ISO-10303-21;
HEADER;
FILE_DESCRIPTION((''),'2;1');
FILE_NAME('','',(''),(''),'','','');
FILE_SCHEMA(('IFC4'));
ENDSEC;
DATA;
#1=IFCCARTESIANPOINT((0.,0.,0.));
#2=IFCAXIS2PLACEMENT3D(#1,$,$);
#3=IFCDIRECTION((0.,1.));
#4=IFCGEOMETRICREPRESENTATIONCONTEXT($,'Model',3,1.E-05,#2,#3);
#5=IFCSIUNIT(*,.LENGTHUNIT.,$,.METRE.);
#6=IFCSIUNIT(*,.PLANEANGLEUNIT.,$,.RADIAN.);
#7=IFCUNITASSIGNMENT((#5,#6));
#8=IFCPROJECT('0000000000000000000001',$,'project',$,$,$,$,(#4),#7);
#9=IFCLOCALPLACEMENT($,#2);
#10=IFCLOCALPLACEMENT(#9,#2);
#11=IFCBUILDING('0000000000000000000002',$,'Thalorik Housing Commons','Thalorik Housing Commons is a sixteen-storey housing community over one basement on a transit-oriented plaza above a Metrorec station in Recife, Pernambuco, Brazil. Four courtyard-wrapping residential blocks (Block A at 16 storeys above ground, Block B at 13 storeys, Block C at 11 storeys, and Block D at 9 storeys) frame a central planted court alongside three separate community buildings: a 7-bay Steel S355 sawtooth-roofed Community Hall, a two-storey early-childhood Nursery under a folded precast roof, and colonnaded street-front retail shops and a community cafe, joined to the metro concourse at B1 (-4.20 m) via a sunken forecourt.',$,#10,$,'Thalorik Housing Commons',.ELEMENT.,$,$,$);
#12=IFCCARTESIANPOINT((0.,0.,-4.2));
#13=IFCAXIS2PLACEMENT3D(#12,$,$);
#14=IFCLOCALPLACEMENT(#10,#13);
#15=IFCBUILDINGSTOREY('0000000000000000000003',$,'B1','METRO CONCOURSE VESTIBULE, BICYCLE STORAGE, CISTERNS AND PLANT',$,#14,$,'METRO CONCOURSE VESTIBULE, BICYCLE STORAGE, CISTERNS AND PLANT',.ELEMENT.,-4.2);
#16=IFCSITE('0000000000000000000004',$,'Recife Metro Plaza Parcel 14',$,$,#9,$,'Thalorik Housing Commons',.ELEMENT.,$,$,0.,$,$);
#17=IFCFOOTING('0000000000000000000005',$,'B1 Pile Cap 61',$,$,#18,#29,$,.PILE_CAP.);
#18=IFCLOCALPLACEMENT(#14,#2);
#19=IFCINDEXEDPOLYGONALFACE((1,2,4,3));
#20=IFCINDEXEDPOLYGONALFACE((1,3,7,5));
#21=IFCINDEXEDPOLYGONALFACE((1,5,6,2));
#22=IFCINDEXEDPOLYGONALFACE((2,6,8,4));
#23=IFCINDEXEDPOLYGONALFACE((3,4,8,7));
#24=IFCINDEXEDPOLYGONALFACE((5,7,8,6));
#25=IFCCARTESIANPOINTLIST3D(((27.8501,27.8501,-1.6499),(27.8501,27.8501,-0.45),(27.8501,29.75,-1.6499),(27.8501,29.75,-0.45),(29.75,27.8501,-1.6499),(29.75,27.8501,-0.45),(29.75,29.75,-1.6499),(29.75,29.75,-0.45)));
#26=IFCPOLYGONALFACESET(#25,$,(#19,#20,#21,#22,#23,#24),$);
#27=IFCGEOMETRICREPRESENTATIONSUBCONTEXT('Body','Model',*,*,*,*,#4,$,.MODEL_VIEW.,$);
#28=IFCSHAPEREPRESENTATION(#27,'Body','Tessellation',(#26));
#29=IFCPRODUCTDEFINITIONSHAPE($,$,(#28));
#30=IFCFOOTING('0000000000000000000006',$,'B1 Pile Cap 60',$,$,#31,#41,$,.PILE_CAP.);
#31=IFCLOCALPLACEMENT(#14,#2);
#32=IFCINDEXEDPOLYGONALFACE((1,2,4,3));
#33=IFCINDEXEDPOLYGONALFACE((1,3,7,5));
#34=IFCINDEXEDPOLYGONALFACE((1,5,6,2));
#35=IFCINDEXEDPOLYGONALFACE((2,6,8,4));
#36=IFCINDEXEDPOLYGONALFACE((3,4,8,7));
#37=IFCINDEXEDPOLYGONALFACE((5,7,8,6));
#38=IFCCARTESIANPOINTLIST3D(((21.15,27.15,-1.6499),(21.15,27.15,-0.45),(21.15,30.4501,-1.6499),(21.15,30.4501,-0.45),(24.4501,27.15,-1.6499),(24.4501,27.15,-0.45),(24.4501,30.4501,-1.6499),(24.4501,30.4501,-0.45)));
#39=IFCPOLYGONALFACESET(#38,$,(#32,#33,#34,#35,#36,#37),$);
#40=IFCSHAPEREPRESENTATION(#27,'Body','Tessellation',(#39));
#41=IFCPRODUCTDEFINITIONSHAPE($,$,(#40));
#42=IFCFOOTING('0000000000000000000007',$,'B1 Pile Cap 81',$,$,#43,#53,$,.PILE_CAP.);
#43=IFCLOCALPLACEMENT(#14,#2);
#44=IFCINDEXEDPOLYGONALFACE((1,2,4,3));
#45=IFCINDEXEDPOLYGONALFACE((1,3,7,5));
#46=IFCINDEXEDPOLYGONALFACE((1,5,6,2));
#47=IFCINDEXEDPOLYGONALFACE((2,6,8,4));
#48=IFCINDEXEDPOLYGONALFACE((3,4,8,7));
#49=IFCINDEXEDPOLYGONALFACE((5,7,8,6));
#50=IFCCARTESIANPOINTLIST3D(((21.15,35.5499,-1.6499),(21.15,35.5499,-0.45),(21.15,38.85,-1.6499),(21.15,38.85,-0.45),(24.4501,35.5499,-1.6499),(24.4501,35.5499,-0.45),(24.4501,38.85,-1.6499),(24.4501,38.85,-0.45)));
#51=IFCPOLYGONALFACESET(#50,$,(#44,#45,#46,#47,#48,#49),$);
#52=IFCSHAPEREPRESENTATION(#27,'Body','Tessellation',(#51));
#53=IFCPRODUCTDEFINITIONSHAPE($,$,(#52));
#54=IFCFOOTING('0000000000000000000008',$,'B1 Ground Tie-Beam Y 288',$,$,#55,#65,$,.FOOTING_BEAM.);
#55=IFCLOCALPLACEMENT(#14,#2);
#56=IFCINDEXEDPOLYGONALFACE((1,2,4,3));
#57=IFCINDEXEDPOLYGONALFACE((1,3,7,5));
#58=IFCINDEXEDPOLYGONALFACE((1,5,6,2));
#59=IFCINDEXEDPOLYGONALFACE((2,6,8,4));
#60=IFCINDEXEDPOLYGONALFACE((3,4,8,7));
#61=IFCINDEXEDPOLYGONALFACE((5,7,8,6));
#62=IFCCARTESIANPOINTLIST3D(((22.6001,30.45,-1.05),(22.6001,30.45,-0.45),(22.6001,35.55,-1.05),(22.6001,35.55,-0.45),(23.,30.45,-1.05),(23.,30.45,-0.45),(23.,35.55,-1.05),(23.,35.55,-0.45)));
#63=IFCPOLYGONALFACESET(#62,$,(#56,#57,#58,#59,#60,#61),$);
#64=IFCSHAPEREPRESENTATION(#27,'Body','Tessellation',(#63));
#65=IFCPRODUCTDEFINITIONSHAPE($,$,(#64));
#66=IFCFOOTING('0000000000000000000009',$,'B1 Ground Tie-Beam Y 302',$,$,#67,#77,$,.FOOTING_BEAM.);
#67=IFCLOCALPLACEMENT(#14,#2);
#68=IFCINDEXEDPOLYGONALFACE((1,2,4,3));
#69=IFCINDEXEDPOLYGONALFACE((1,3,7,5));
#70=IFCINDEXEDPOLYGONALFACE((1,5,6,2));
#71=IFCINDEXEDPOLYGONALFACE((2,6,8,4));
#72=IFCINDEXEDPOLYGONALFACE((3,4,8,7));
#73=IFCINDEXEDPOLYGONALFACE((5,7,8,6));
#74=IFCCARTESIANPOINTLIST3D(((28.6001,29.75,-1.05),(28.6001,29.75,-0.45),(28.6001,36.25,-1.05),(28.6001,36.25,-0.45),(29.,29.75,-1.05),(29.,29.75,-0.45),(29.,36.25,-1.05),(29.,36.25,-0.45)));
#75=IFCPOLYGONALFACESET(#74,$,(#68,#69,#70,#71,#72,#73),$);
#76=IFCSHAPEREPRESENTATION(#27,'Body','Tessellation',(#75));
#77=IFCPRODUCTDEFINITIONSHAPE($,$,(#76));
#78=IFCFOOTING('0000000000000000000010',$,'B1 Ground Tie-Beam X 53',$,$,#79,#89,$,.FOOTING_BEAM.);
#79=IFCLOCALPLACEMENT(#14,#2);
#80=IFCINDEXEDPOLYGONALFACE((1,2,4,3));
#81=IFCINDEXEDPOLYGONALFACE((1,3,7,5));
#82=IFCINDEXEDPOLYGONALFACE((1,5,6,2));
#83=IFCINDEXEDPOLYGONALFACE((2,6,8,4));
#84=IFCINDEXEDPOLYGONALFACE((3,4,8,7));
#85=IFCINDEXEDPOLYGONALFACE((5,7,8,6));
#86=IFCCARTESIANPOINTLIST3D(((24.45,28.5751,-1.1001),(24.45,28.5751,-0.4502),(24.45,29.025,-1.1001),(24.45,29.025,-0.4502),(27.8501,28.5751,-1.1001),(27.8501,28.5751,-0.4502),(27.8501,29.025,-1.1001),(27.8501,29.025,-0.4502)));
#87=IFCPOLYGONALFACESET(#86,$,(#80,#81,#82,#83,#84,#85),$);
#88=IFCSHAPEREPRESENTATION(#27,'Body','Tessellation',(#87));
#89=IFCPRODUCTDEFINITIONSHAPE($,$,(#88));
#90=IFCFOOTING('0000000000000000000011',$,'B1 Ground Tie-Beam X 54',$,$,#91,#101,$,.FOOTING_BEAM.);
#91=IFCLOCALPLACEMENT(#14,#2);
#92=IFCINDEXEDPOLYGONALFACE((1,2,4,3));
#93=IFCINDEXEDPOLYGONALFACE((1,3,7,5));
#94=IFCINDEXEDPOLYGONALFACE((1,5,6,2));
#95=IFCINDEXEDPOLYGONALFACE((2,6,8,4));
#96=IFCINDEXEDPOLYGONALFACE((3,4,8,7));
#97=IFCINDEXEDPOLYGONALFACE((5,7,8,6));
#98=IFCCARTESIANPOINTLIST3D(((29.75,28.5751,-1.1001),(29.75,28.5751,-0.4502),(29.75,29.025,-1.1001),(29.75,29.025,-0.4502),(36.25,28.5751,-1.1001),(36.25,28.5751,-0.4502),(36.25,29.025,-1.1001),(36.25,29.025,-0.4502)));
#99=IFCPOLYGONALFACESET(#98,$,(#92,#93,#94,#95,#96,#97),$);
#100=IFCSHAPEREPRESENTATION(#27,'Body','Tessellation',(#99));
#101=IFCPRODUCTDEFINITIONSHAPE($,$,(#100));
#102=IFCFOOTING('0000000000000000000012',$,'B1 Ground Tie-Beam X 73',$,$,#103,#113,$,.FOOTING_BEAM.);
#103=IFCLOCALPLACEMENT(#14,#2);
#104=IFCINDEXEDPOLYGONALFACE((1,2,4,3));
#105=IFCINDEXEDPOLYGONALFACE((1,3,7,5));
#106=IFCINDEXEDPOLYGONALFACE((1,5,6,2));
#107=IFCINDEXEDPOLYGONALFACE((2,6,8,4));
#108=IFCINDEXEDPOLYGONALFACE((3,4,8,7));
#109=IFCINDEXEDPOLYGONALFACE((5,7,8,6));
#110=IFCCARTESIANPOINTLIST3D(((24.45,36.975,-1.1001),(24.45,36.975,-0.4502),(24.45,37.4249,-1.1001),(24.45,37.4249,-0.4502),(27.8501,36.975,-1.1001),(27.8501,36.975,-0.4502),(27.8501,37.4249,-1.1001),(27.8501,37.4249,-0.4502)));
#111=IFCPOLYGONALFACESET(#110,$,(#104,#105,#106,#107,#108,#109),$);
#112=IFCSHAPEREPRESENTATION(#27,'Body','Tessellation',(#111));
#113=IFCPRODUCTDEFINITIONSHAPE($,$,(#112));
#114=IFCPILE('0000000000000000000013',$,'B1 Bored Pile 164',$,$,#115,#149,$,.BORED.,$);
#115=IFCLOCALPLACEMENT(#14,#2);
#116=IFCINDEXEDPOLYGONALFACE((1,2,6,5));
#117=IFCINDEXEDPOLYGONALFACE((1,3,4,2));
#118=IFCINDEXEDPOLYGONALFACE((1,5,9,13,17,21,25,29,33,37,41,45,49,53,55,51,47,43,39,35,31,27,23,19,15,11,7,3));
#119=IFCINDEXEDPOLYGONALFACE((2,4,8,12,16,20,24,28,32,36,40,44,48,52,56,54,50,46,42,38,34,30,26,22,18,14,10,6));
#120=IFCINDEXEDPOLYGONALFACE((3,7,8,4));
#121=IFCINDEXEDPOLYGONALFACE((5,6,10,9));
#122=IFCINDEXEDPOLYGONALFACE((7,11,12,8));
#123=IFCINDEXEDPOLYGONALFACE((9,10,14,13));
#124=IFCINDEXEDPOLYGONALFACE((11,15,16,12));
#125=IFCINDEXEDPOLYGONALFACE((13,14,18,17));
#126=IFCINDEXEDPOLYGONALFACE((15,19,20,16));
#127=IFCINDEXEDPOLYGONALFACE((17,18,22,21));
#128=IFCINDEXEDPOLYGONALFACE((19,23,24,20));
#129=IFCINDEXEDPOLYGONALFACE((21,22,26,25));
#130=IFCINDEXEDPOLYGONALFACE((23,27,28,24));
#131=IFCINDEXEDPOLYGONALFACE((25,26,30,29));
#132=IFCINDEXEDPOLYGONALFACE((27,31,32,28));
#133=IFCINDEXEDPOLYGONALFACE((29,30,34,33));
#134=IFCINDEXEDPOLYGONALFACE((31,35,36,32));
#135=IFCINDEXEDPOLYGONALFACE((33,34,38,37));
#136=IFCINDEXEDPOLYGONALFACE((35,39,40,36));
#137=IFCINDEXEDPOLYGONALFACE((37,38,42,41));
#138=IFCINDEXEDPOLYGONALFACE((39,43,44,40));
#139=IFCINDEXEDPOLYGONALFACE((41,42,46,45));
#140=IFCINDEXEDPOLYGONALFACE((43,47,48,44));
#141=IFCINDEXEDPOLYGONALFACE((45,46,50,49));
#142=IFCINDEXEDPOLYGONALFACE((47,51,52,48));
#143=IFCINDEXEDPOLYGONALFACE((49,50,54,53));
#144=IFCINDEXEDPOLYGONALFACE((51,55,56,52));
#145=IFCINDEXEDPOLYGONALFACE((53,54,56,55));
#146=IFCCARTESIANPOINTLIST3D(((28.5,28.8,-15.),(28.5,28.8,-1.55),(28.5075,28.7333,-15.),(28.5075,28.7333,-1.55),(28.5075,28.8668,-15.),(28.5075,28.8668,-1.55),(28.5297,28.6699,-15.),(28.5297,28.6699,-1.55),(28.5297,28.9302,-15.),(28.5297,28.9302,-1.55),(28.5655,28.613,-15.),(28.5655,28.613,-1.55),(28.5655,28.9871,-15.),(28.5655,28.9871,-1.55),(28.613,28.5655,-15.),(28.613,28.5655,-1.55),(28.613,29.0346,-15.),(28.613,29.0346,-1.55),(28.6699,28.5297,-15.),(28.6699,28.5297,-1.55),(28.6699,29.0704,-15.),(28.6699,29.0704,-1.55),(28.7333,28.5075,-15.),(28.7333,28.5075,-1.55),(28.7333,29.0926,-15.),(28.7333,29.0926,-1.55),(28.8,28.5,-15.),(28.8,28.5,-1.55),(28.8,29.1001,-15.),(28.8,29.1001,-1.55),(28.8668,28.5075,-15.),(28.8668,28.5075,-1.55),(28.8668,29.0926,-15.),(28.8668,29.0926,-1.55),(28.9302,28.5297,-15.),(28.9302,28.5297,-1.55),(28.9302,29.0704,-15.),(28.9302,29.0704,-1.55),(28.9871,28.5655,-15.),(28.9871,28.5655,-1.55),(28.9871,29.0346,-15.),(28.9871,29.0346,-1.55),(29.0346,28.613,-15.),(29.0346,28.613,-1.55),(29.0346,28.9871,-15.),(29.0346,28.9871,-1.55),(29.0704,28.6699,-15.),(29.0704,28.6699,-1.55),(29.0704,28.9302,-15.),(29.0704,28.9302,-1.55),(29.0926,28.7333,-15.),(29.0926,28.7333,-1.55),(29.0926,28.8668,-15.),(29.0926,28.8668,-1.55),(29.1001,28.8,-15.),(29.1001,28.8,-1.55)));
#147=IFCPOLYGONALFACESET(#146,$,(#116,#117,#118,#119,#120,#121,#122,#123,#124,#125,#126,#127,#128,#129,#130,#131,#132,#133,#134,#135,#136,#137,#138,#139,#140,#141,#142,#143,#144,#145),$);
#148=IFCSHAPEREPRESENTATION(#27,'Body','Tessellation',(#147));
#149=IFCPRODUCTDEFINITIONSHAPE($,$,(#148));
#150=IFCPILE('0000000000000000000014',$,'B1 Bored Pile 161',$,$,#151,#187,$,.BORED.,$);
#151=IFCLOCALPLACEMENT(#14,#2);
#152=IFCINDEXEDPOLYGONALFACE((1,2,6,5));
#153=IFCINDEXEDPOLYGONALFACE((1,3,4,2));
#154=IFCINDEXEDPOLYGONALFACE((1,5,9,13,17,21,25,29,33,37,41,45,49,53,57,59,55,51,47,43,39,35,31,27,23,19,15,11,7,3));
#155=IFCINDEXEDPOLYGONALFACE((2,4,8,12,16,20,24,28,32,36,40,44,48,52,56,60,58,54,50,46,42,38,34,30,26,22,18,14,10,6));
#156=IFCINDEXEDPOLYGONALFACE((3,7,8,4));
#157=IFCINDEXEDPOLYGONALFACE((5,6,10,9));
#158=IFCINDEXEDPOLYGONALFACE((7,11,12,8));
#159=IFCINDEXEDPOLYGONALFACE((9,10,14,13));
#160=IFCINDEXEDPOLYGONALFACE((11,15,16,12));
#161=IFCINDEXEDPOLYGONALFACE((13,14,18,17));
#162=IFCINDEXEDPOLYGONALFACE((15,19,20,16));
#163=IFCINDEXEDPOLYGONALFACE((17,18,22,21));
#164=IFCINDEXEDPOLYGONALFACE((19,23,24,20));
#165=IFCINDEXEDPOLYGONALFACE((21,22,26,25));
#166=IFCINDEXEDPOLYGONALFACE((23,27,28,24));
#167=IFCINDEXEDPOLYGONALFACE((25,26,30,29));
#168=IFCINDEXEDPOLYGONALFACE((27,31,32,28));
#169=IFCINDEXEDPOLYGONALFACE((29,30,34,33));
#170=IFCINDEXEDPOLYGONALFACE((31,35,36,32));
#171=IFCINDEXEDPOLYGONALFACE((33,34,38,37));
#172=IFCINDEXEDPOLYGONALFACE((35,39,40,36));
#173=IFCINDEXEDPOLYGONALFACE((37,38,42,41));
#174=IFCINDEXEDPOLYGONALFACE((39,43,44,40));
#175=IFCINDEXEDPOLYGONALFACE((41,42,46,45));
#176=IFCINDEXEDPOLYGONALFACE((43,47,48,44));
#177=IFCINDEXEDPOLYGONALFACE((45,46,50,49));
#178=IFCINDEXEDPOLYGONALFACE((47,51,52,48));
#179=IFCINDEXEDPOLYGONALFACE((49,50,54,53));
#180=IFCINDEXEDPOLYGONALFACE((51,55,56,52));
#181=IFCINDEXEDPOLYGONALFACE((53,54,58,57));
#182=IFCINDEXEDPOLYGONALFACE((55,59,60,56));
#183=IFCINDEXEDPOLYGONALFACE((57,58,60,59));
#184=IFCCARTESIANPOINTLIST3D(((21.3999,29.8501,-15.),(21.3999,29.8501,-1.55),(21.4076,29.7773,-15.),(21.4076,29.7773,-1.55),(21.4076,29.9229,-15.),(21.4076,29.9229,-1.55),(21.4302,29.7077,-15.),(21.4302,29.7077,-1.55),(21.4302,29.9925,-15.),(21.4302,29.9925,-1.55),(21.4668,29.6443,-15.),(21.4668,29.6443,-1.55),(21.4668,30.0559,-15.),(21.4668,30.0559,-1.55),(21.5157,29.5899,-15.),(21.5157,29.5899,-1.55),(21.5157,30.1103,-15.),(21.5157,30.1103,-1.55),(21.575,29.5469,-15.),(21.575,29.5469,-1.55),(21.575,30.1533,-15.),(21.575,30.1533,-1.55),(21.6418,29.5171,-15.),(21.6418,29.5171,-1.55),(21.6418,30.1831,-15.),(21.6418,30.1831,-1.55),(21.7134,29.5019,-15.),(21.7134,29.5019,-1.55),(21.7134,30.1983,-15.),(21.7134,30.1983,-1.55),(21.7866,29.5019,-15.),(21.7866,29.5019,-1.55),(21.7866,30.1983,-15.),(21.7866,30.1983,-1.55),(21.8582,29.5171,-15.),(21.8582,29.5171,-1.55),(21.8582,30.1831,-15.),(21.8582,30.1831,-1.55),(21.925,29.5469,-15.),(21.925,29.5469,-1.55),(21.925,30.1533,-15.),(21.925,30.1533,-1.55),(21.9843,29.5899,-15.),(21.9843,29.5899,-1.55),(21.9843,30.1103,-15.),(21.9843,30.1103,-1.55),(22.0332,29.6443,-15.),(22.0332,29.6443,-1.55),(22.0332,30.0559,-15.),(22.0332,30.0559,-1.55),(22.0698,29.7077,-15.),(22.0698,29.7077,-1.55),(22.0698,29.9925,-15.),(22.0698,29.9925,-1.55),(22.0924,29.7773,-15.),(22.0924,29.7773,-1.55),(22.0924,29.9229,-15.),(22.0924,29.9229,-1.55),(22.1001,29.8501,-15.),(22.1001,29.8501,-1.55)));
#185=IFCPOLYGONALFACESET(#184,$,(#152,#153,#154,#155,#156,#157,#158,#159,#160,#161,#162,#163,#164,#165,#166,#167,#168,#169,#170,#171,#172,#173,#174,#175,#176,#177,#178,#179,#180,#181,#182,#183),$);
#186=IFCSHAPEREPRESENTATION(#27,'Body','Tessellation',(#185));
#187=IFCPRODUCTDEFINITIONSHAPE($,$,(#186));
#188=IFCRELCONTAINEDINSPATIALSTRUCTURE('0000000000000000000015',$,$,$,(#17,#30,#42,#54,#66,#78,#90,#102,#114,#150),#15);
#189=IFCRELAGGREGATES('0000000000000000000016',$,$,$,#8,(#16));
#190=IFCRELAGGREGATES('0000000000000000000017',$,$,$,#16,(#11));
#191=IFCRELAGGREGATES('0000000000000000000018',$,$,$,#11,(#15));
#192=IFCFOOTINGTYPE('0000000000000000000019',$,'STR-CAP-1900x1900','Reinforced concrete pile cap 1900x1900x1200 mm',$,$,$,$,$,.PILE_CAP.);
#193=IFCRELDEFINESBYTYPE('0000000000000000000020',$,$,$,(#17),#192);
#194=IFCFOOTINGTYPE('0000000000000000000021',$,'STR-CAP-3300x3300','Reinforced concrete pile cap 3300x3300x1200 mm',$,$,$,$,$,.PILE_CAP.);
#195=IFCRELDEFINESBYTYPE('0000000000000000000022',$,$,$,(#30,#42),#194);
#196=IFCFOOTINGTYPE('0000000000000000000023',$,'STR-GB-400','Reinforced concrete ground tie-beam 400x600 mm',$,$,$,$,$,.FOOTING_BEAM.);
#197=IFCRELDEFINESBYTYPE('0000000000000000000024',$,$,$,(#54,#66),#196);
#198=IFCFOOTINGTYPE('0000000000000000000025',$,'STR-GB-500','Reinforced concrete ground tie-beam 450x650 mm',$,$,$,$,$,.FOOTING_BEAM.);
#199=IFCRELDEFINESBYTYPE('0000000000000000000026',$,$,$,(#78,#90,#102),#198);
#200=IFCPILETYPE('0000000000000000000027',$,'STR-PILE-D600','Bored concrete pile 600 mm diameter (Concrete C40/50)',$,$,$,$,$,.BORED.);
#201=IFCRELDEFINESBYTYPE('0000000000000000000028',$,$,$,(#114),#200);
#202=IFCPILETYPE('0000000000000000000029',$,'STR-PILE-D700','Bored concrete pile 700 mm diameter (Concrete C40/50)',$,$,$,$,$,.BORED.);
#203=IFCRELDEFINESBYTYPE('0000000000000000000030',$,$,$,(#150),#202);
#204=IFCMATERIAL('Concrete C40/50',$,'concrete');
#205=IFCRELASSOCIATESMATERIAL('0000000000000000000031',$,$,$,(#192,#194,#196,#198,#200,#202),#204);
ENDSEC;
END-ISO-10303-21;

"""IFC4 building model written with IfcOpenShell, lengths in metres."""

from ifc_helpers import new_model, si_unit, direction, frame, origin, origin_2d, place, context, subcontext, project, spatial, rectangle, circle, extrude, material, material_profile, profile_set, type_object, element, save


model = new_model("IFC4")

# Units and contexts
model_context = context("Model", 3, precision=1e-05, world=origin(), true_north=direction((0.0, 1.0)))
body_context = subcontext(model_context, "Body", "Model", "MODEL_VIEW")
ifc_project = project(units=[si_unit("LENGTHUNIT", "METRE"), si_unit("PLANEANGLEUNIT", "RADIAN")], contexts=[model_context])

# Site, building, storey
site_placement = place(None, origin())
site = spatial("IfcSite", under=ifc_project, at=site_placement, Name="Recife Metro Plaza Parcel 14", LongName="Thalorik Housing Commons", CompositionType="ELEMENT", RefElevation=0.0)
building_placement = place(site_placement, origin())
building = spatial("IfcBuilding", under=site, at=building_placement, Name="Thalorik Housing Commons", Description="Thalorik Housing Commons is a sixteen-storey housing community over one basement on a transit-oriented plaza above a Metrorec station in Recife, Pernambuco, Brazil. Four courtyard-wrapping residential blocks (Block A at 16 storeys above ground, Block B at 13 storeys, Block C at 11 storeys, and Block D at 9 storeys) frame a central planted court alongside three separate community buildings: a 7-bay Steel S355 sawtooth-roofed Community Hall, a two-storey early-childhood Nursery under a folded precast roof, and colonnaded street-front retail shops and a community cafe, joined to the metro concourse at B1 (-4.20 m) via a sunken forecourt.", LongName="Thalorik Housing Commons", CompositionType="ELEMENT")
storey_placement = place(building_placement, frame((0.0, 0.0, -4.2)))
storey = spatial("IfcBuildingStorey", under=building, at=storey_placement, Name="B1", Description="METRO CONCOURSE VESTIBULE, BICYCLE STORAGE, CISTERNS AND PLANT", LongName="METRO CONCOURSE VESTIBULE, BICYCLE STORAGE, CISTERNS AND PLANT", CompositionType="ELEMENT", Elevation=-4.2)

# Footings
ifc_material_1 = material(Name="Concrete C40/50", Category="concrete")
footing_type_1 = type_object("IfcFootingType", Name="STR-CAP-1900x1900", Description="Reinforced concrete pile cap 1900x1900x1200 mm", PredefinedType="PILE_CAP", material=ifc_material_1)
footing_1_placement = place(storey_placement, frame((28.8, 28.8, -1.6499), z_axis=(0.0, 0.0, 1.0), x_axis=(1.0, 0.0, 0.0)))
element("IfcFooting", 1, at=footing_1_placement, inside=storey, type_object=footing_type_1, Name="B1 Pile Cap 61", PredefinedType="PILE_CAP", context=body_context, shape_type="SweptSolid", body=[
    extrude(rectangle(XDim=1.8999, YDim=1.8999, at=origin_2d()), origin(), (0.0, 0.0, 1.0), 1.2),
])
footing_type_2 = type_object("IfcFootingType", Name="STR-CAP-3300x3300", Description="Reinforced concrete pile cap 3300x3300x1200 mm", PredefinedType="PILE_CAP", material=ifc_material_1)
for number, where, z_axis, x_axis, name in (
    (2, (22.8, 28.8, -1.6499), (0.0, 0.0, 1.0), (1.0, 0.0, 0.0), "B1 Pile Cap 60"),
    (3, (22.8, 37.2, -1.6499), (0.0, 0.0, 1.0), (1.0, 0.0, 0.0), "B1 Pile Cap 81"),
):
    element("IfcFooting", number, at=place(storey_placement, frame(where, z_axis=z_axis, x_axis=x_axis)), inside=storey, type_object=footing_type_2, Name=name, PredefinedType="PILE_CAP", context=body_context, shape_type="SweptSolid", body=[
        extrude(rectangle(XDim=3.3, YDim=3.3, at=origin_2d()), origin(), (0.0, 0.0, 1.0), 1.2),
    ])
ifc_material_profile_1 = material_profile(ifc_material_1, rectangle(XDim=0.3999, YDim=0.6001, at=origin_2d()), Name="RC 400x600", Category="concrete")
ifc_profile_set_1 = profile_set([ifc_material_profile_1], Name="Concrete C40/50")
footing_type_3 = type_object("IfcFootingType", Name="STR-GB-400", Description="Reinforced concrete ground tie-beam 400x600 mm", PredefinedType="FOOTING_BEAM", material=ifc_profile_set_1)
footing_2_placement = place(storey_placement, frame((22.8, 30.45, -0.75), z_axis=(0.0, 1.0, 0.0), x_axis=(-1.0, 0.0, 0.0)))
element("IfcFooting", 4, at=footing_2_placement, inside=storey, type_object=footing_type_3, Name="B1 Ground Tie-Beam Y 288", PredefinedType="FOOTING_BEAM", context=body_context, shape_type="SweptSolid", body=[
    extrude(rectangle(XDim=0.3999, YDim=0.6001, at=origin_2d()), origin(), (0.0, 0.0, 1.0), 5.1001),
])
footing_3_placement = place(storey_placement, frame((28.8, 29.75, -0.75), z_axis=(0.0, 1.0, 0.0), x_axis=(-1.0, 0.0, 0.0)))
element("IfcFooting", 5, at=footing_3_placement, inside=storey, type_object=footing_type_3, Name="B1 Ground Tie-Beam Y 302", PredefinedType="FOOTING_BEAM", context=body_context, shape_type="SweptSolid", body=[
    extrude(rectangle(XDim=0.3999, YDim=0.6001, at=origin_2d()), origin(), (0.0, 0.0, 1.0), 6.5),
])
ifc_material_profile_2 = material_profile(ifc_material_1, rectangle(XDim=0.45, YDim=0.6499, at=origin_2d()), Name="RC 450x650", Category="concrete")
ifc_profile_set_2 = profile_set([ifc_material_profile_2], Name="Concrete C40/50")
footing_type_4 = type_object("IfcFootingType", Name="STR-GB-500", Description="Reinforced concrete ground tie-beam 450x650 mm", PredefinedType="FOOTING_BEAM", material=ifc_profile_set_2)
footing_4_placement = place(storey_placement, frame((24.45, 28.8, -0.7751), z_axis=(1.0, 0.0, 0.0), x_axis=(0.0, 1.0, 0.0)))
element("IfcFooting", 6, at=footing_4_placement, inside=storey, type_object=footing_type_4, Name="B1 Ground Tie-Beam X 53", PredefinedType="FOOTING_BEAM", context=body_context, shape_type="SweptSolid", body=[
    extrude(rectangle(XDim=0.45, YDim=0.6499, at=origin_2d()), origin(), (0.0, 0.0, 1.0), 3.4001),
])
footing_5_placement = place(storey_placement, frame((29.75, 28.8, -0.7751), z_axis=(1.0, 0.0, 0.0), x_axis=(0.0, 1.0, 0.0)))
element("IfcFooting", 7, at=footing_5_placement, inside=storey, type_object=footing_type_4, Name="B1 Ground Tie-Beam X 54", PredefinedType="FOOTING_BEAM", context=body_context, shape_type="SweptSolid", body=[
    extrude(rectangle(XDim=0.45, YDim=0.6499, at=origin_2d()), origin(), (0.0, 0.0, 1.0), 6.5),
])
footing_6_placement = place(storey_placement, frame((24.45, 37.2, -0.7751), z_axis=(1.0, 0.0, 0.0), x_axis=(0.0, 1.0, 0.0)))
element("IfcFooting", 8, at=footing_6_placement, inside=storey, type_object=footing_type_4, Name="B1 Ground Tie-Beam X 73", PredefinedType="FOOTING_BEAM", context=body_context, shape_type="SweptSolid", body=[
    extrude(rectangle(XDim=0.45, YDim=0.6499, at=origin_2d()), origin(), (0.0, 0.0, 1.0), 3.4001),
])

# Piles
ifc_material_profile_3 = material_profile(ifc_material_1, circle(Radius=0.3, at=origin_2d()), Name="BORED PILE D600", Category="concrete")
ifc_profile_set_3 = profile_set([ifc_material_profile_3], Name="Concrete C40/50")
pile_type_1 = type_object("IfcPileType", Name="STR-PILE-D600", Description="Bored concrete pile 600 mm diameter (Concrete C40/50)", PredefinedType="BORED", material=ifc_profile_set_3)
pile_placement = place(storey_placement, frame((28.8, 28.8, -1.55), z_axis=(0.0, 0.0, -1.0), x_axis=(1.0, 0.0, 0.0)))
element("IfcPile", 9, at=pile_placement, inside=storey, type_object=pile_type_1, Name="B1 Bored Pile 164", PredefinedType="BORED", context=body_context, shape_type="SweptSolid", body=[
    extrude(circle(Radius=0.3, at=origin_2d()), origin(), (0.0, 0.0, 1.0), 13.45),
])
ifc_material_profile_4 = material_profile(ifc_material_1, circle(Radius=0.3501, at=origin_2d()), Name="BORED PILE D700", Category="concrete")
ifc_profile_set_4 = profile_set([ifc_material_profile_4], Name="Concrete C40/50")
pile_type_2 = type_object("IfcPileType", Name="STR-PILE-D700", Description="Bored concrete pile 700 mm diameter (Concrete C40/50)", PredefinedType="BORED", material=ifc_profile_set_4)
for number, where, z_axis, x_axis, name in (
    (10, (21.75, 29.8501, -1.55), (0.0, 0.0, -1.0), (1.0, 0.0, 0.0), "B1 Bored Pile 161"),
):
    element("IfcPile", number, at=place(storey_placement, frame(where, z_axis=z_axis, x_axis=x_axis)), inside=storey, type_object=pile_type_2, Name=name, PredefinedType="BORED", context=body_context, shape_type="SweptSolid", body=[
        extrude(circle(Radius=0.3501, at=origin_2d()), origin(), (0.0, 0.0, 1.0), 13.45),
    ])

save(model, "model.ifc")
